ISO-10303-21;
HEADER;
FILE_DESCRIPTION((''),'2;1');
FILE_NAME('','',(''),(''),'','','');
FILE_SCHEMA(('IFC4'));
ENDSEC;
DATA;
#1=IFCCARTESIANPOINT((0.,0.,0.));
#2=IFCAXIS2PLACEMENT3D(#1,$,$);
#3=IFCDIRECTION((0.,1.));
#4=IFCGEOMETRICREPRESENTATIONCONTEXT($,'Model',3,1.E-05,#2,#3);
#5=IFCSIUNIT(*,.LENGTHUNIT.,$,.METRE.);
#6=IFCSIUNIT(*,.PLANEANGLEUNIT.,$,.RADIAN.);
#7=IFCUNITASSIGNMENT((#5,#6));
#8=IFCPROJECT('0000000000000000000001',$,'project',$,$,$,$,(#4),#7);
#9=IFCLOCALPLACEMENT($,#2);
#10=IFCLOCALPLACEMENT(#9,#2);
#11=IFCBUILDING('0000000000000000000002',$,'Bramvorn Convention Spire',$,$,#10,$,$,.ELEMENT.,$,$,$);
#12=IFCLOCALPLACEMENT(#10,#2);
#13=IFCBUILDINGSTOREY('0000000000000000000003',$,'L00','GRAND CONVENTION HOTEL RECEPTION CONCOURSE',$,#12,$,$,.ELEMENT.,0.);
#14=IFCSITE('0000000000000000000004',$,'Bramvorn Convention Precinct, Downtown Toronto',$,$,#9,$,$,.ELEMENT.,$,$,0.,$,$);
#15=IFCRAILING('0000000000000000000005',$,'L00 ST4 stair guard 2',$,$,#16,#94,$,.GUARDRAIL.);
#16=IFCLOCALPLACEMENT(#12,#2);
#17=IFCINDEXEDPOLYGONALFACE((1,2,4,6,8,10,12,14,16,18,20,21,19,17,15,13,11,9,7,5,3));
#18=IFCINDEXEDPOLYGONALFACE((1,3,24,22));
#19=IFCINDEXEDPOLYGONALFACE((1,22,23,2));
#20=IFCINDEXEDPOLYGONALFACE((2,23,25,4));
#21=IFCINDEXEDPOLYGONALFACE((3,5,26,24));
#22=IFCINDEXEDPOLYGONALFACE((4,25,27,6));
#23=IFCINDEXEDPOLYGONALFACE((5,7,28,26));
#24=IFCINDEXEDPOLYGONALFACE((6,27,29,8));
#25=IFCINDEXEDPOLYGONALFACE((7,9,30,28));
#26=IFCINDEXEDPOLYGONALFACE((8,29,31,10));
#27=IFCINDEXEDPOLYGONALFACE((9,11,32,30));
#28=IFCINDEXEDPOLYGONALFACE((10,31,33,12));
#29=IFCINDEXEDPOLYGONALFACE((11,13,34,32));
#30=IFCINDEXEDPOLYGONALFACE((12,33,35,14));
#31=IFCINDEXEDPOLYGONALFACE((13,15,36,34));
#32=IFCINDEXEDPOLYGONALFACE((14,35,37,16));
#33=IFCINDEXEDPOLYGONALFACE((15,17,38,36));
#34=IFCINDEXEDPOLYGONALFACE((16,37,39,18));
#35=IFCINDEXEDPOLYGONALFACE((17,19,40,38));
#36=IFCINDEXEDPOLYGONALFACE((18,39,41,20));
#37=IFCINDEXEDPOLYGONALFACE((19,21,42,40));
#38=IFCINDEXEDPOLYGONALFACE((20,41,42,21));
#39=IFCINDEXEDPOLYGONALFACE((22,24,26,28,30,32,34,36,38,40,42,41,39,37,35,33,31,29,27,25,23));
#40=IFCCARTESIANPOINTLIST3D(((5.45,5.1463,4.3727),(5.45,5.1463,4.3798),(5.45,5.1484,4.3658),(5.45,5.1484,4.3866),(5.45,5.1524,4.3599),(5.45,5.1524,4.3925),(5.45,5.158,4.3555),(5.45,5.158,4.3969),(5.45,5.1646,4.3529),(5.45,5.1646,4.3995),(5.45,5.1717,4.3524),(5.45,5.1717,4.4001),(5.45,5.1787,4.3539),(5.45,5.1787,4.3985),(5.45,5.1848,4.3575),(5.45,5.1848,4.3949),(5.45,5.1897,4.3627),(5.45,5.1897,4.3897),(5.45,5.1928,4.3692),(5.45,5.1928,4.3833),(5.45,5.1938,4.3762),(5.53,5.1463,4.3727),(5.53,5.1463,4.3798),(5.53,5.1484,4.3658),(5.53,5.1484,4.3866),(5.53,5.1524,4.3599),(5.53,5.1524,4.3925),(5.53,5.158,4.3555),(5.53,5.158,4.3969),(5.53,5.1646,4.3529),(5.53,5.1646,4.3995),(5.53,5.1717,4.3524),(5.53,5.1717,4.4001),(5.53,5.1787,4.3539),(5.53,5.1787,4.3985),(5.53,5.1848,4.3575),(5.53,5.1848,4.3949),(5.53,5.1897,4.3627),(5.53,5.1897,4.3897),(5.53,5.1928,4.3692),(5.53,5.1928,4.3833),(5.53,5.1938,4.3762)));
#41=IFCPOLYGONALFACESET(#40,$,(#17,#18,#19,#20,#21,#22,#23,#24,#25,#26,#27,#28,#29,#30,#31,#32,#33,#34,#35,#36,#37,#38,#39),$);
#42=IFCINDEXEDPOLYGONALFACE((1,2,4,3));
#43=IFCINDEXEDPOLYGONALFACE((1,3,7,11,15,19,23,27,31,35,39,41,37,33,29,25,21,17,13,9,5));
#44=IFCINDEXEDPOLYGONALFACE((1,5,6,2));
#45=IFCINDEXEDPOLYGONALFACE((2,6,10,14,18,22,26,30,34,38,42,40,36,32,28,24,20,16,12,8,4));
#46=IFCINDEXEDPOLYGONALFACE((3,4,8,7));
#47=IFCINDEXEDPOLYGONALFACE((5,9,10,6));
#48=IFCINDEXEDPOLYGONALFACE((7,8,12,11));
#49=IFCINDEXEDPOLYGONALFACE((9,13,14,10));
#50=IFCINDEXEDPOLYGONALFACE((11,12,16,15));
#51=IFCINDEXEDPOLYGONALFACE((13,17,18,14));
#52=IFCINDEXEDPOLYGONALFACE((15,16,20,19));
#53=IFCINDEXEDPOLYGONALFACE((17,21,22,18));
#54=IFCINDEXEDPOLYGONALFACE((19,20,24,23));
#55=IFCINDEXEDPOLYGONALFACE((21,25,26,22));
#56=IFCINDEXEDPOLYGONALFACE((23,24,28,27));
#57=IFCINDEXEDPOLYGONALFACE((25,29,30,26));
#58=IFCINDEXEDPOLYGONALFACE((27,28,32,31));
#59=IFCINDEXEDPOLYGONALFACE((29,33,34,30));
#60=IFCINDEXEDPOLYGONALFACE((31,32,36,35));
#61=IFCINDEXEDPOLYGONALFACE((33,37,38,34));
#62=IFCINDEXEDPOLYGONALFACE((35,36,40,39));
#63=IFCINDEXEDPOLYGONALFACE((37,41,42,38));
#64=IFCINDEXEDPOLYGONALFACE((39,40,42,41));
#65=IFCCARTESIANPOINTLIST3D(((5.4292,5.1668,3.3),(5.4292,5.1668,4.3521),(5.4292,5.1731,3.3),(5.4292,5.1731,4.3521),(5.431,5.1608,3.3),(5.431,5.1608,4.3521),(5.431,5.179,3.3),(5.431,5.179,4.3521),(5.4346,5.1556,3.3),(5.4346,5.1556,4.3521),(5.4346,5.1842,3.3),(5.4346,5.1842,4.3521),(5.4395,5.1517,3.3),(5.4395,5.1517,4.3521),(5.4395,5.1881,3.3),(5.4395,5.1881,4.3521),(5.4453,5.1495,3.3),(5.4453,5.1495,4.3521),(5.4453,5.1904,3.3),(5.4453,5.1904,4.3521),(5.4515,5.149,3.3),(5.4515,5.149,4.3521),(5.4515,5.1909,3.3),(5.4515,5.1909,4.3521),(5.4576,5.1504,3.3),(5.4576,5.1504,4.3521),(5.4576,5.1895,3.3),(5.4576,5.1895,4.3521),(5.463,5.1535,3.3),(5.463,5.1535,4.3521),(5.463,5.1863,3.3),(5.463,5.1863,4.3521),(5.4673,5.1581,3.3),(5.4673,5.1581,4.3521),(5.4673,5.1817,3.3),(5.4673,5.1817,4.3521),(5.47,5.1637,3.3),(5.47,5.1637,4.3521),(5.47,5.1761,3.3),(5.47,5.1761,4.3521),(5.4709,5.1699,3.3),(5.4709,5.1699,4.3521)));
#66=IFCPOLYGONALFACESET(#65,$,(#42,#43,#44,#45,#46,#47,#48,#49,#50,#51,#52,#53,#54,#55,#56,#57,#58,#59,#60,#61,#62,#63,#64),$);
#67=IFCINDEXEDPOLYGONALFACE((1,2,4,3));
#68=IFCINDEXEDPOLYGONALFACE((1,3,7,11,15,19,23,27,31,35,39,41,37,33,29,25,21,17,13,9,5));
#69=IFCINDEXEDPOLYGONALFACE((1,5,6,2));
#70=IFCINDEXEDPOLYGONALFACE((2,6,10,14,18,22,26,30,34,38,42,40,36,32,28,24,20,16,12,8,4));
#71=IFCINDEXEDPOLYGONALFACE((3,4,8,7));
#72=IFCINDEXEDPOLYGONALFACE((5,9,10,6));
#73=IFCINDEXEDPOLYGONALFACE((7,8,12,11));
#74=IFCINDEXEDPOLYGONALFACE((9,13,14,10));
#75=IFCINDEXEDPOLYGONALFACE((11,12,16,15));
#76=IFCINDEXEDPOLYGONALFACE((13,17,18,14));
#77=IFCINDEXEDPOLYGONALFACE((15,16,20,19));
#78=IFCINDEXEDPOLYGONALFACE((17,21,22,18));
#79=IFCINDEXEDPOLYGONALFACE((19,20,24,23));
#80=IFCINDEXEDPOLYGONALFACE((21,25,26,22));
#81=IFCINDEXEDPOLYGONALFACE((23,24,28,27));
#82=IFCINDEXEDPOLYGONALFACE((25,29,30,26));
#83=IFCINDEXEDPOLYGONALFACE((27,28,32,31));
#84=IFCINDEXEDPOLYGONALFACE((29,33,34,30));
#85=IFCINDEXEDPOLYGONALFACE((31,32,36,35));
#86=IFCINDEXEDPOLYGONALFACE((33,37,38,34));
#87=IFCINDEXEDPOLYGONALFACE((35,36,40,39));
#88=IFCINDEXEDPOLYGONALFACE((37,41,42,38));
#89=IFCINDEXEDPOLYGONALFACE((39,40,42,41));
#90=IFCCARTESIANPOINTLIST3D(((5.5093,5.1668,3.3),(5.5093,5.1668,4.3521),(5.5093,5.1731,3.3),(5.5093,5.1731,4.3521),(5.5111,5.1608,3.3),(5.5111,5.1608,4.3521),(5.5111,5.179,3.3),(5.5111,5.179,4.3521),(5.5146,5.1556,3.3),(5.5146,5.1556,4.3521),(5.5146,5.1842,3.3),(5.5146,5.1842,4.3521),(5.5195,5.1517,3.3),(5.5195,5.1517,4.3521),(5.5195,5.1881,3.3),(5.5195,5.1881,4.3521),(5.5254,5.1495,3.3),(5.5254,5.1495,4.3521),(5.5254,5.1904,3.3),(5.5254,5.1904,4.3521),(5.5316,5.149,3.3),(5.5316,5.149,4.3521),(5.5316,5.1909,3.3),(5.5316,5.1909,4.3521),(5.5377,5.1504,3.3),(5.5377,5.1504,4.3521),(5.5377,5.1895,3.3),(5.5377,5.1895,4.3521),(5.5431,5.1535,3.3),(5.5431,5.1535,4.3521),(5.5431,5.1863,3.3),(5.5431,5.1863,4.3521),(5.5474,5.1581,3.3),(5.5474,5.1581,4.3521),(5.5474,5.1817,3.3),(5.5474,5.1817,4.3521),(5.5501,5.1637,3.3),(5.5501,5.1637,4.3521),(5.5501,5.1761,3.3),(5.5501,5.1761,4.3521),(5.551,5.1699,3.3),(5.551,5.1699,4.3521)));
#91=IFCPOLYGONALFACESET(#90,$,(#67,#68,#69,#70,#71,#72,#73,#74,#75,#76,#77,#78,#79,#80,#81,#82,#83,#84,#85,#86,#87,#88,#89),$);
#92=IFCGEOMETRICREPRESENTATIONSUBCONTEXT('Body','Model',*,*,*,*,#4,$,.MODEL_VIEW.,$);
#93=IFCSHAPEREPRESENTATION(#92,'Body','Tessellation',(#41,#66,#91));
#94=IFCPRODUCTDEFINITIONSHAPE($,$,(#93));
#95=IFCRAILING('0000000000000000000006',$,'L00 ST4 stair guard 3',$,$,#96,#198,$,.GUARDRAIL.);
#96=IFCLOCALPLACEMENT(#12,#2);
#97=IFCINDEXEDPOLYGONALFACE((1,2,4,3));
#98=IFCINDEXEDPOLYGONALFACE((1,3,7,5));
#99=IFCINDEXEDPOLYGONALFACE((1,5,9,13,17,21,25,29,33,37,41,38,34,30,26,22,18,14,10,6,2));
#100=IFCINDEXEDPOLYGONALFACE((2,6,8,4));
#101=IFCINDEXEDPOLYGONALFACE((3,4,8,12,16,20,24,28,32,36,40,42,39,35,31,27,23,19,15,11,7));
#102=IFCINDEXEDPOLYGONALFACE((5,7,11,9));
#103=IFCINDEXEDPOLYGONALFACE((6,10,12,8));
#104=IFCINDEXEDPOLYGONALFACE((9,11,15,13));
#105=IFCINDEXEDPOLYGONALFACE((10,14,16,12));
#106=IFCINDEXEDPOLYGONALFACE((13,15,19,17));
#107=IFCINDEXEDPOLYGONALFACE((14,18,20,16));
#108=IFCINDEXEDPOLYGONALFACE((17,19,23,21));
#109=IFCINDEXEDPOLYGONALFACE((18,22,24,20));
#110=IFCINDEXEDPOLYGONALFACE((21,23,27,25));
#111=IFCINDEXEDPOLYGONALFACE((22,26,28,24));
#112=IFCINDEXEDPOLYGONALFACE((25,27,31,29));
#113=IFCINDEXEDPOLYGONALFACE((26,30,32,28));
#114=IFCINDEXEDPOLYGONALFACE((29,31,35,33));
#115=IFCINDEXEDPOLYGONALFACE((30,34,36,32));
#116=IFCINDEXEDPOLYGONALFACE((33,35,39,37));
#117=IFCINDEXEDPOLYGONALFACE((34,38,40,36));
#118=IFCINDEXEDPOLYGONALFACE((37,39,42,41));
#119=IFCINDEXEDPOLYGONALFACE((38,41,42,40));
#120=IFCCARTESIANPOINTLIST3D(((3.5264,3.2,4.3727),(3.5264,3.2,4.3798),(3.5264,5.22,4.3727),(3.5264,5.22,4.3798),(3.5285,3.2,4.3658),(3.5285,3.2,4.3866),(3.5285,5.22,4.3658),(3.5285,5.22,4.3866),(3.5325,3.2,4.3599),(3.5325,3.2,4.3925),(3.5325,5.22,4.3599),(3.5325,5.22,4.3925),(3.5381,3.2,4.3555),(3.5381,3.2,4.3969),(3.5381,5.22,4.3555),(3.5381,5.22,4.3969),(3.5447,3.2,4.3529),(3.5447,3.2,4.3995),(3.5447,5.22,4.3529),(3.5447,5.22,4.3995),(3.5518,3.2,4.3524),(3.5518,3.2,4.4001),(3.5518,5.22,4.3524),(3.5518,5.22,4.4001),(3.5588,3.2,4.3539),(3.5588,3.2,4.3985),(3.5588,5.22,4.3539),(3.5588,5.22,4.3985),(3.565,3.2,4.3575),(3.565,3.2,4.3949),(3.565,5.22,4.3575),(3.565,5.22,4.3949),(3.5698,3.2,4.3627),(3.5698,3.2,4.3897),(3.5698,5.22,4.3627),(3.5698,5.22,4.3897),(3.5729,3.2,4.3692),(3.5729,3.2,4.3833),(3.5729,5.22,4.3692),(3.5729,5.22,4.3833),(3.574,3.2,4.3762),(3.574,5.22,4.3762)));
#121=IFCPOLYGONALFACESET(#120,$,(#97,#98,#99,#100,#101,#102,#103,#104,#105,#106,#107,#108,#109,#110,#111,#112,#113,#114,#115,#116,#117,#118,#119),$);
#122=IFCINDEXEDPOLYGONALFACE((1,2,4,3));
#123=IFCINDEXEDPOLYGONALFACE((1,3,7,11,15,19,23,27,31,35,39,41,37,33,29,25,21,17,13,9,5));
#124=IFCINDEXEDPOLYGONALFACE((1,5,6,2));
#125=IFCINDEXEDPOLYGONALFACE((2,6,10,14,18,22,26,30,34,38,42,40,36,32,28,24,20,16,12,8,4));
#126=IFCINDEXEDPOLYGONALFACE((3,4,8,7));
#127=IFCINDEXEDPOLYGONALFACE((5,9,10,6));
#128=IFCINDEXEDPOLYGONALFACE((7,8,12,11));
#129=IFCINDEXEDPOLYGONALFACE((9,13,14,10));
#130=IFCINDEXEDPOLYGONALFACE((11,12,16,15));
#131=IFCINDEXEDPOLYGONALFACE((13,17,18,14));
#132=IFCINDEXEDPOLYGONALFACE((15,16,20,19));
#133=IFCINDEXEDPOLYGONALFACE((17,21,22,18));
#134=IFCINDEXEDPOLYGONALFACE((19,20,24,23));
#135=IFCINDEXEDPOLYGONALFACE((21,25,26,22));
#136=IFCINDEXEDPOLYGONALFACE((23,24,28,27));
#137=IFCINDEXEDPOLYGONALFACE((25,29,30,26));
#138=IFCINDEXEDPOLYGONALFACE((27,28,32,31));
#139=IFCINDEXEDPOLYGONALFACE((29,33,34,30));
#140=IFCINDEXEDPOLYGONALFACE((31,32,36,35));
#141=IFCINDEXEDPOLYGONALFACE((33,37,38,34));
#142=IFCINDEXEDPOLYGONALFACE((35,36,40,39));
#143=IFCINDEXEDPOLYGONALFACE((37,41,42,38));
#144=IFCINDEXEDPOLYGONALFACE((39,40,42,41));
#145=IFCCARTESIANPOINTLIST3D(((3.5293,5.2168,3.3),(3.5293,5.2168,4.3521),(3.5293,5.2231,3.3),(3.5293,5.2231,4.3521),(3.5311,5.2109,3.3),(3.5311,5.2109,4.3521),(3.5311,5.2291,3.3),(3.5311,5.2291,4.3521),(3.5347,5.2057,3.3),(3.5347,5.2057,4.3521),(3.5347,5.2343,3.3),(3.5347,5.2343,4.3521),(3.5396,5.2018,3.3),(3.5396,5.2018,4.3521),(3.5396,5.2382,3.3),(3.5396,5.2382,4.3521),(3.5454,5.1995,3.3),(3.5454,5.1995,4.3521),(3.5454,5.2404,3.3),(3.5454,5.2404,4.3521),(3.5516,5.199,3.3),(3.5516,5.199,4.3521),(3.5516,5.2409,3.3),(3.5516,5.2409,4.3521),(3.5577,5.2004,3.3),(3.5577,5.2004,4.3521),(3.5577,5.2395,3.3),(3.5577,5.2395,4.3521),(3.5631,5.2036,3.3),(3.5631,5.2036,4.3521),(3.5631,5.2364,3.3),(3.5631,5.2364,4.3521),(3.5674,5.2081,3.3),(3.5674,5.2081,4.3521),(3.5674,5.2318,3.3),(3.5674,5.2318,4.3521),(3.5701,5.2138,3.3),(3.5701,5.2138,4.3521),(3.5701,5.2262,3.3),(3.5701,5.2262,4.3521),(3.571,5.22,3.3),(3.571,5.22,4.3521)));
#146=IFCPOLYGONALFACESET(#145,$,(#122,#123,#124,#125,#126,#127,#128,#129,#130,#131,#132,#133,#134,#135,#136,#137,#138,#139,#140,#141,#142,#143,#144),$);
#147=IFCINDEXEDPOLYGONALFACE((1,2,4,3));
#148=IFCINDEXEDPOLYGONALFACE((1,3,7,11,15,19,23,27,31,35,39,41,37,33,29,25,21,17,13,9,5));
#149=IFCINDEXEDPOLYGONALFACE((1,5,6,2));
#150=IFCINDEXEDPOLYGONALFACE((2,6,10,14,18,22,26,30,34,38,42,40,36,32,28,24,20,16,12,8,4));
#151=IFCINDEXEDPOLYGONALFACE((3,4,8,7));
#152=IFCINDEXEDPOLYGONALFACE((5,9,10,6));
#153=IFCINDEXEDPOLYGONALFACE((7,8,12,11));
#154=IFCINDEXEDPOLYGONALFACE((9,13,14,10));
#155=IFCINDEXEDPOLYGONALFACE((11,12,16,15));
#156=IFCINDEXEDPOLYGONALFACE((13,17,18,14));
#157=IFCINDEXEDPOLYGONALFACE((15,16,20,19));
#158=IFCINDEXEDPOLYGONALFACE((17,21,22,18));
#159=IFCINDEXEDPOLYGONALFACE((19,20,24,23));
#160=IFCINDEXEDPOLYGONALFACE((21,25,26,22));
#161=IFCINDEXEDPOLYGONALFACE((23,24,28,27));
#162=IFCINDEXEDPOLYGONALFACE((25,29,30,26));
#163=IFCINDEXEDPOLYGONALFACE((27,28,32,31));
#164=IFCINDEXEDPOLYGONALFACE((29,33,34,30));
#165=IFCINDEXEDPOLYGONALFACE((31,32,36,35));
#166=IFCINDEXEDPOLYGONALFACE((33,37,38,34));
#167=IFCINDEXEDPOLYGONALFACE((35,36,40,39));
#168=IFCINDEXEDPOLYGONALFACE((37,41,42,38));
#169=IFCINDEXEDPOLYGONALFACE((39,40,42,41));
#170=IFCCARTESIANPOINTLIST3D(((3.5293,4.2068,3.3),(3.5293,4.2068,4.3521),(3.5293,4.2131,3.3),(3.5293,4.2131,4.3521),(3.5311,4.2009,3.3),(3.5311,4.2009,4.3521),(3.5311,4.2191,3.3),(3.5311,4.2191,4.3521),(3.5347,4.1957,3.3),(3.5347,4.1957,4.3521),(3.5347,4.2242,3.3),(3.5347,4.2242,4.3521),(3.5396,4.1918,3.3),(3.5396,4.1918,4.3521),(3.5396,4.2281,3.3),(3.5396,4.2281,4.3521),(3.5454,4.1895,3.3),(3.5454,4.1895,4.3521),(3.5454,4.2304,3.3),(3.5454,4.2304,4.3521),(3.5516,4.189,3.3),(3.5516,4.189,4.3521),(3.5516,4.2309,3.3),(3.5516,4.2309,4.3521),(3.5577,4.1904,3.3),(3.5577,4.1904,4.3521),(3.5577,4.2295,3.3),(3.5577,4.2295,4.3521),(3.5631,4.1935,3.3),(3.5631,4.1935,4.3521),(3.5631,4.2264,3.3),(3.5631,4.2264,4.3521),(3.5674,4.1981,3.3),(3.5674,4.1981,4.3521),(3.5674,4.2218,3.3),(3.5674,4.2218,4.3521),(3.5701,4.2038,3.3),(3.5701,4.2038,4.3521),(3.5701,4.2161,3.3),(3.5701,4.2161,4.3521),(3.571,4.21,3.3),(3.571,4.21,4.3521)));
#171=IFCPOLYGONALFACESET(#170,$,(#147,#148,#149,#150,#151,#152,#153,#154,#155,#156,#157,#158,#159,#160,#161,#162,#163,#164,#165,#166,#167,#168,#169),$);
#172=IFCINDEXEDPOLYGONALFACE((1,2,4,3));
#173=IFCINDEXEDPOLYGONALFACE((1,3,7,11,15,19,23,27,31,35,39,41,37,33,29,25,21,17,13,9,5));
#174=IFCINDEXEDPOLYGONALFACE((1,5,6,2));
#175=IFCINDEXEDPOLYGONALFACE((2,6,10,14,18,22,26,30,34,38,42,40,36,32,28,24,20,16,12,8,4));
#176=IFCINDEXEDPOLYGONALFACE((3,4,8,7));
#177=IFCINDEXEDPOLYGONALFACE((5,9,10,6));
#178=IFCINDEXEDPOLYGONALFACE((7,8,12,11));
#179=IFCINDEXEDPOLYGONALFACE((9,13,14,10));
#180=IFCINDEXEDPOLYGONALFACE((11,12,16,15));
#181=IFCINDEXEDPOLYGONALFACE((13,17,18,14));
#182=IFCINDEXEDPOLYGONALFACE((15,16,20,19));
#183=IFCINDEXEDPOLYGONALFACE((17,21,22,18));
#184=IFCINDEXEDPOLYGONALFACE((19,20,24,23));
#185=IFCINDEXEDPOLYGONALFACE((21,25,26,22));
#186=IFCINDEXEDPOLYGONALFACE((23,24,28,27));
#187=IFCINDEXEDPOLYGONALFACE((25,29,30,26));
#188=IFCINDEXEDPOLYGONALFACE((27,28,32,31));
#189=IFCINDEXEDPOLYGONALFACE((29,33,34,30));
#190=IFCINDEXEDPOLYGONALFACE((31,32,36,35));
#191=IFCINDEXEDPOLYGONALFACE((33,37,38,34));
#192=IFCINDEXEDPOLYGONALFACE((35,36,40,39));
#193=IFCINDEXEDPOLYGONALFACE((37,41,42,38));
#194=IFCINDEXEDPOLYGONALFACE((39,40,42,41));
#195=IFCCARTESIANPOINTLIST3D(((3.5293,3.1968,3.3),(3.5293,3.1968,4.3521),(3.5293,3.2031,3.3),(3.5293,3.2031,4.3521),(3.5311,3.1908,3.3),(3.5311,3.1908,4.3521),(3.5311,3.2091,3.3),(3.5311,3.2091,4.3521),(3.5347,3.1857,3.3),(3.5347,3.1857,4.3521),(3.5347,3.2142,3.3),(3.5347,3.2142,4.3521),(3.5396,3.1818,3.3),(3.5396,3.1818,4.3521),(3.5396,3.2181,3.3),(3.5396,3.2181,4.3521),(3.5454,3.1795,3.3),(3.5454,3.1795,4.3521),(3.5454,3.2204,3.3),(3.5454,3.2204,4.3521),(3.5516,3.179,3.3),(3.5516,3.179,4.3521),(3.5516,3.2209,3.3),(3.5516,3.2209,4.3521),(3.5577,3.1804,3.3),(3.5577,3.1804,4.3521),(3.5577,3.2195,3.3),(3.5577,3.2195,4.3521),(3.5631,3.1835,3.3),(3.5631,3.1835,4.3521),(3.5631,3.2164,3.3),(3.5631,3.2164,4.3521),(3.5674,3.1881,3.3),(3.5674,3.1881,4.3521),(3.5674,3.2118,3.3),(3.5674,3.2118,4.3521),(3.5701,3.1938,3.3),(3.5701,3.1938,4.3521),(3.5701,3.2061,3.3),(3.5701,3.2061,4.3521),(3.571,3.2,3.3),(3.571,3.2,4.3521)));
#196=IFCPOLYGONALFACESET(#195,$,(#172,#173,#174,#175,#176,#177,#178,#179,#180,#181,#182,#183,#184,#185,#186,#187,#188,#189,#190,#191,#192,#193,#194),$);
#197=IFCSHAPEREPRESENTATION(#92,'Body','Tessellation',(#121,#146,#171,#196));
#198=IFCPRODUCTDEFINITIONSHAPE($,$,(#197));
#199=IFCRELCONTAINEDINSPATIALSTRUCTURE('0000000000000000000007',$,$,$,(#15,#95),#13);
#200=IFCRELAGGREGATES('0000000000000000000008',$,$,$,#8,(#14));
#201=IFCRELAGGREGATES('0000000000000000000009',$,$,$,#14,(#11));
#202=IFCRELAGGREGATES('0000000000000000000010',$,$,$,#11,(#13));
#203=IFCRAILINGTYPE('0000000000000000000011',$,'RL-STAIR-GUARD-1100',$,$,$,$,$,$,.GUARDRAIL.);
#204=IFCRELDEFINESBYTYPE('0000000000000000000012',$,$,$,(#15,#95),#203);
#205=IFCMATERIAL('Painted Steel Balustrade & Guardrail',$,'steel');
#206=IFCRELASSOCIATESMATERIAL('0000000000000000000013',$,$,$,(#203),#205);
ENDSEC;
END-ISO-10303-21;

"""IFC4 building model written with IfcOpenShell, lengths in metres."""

from ifc_helpers import new_model, si_unit, direction, frame, origin, origin_2d, place, context, subcontext, project, spatial, circle, extrude, material, type_object, element, save


model = new_model("IFC4")

# Units and contexts
model_context = context("Model", 3, precision=1e-05, world=origin(), true_north=direction((0.0, 1.0)))
body_context = subcontext(model_context, "Body", "Model", "MODEL_VIEW")
ifc_project = project(units=[si_unit("LENGTHUNIT", "METRE"), si_unit("PLANEANGLEUNIT", "RADIAN")], contexts=[model_context])

# Site, building, storey
site_placement = place(None, origin())
site = spatial("IfcSite", under=ifc_project, at=site_placement, Name="Bramvorn Convention Precinct, Downtown Toronto", CompositionType="ELEMENT", RefElevation=0.0)
building_placement = place(site_placement, origin())
building = spatial("IfcBuilding", under=site, at=building_placement, Name="Bramvorn Convention Spire", CompositionType="ELEMENT")
storey_placement = place(building_placement, origin())
storey = spatial("IfcBuildingStorey", under=building, at=storey_placement, Name="L00", Description="GRAND CONVENTION HOTEL RECEPTION CONCOURSE", CompositionType="ELEMENT", Elevation=0.0)

# Railings
ifc_material_1 = material(Name="Painted Steel Balustrade & Guardrail", Category="steel")
railing_type_1 = type_object("IfcRailingType", Name="RL-STAIR-GUARD-1100", PredefinedType="GUARDRAIL", material=ifc_material_1)
railing_1_placement = place(storey_placement, frame((5.45, 5.1699, 3.3)))
element("IfcRailing", 1, at=railing_1_placement, inside=storey, type_object=railing_type_1, Name="L00 ST4 stair guard 2", PredefinedType="GUARDRAIL", context=body_context, shape_type="SweptSolid", body=[
    extrude(circle(Radius=0.0239, at=origin_2d()), frame((0.0, 0.0, 1.0762), z_axis=(1.0, 0.0, 0.0), x_axis=(0.0, 1.0, 0.0)), (0.0, 0.0, 1.0), 0.0801),
    extrude(circle(Radius=0.021, at=origin_2d()), origin(), (0.0, 0.0, 1.0), 1.052),
    extrude(circle(Radius=0.021, at=origin_2d()), frame((0.0801, 0.0, 0.0)), (0.0, 0.0, 1.0), 1.052),
])
railing_2_placement = place(storey_placement, frame((3.55, 5.22, 3.3)))
element("IfcRailing", 2, at=railing_2_placement, inside=storey, type_object=railing_type_1, Name="L00 ST4 stair guard 3", PredefinedType="GUARDRAIL", context=body_context, shape_type="SweptSolid", body=[
    extrude(circle(Radius=0.0239, at=origin_2d()), frame((0.0, 0.0, 1.0762), z_axis=(0.0, -1.0, 0.0), x_axis=(1.0, 0.0, 0.0)), (0.0, 0.0, 1.0), 2.02),
    extrude(circle(Radius=0.021, at=origin_2d()), origin(), (0.0, 0.0, 1.0), 1.052),
    extrude(circle(Radius=0.021, at=origin_2d()), frame((0.0, -1.01, 0.0)), (0.0, 0.0, 1.0), 1.052),
    extrude(circle(Radius=0.021, at=origin_2d()), frame((0.0, -2.02, 0.0)), (0.0, 0.0, 1.0), 1.052),
])

save(model, "model.ifc")
